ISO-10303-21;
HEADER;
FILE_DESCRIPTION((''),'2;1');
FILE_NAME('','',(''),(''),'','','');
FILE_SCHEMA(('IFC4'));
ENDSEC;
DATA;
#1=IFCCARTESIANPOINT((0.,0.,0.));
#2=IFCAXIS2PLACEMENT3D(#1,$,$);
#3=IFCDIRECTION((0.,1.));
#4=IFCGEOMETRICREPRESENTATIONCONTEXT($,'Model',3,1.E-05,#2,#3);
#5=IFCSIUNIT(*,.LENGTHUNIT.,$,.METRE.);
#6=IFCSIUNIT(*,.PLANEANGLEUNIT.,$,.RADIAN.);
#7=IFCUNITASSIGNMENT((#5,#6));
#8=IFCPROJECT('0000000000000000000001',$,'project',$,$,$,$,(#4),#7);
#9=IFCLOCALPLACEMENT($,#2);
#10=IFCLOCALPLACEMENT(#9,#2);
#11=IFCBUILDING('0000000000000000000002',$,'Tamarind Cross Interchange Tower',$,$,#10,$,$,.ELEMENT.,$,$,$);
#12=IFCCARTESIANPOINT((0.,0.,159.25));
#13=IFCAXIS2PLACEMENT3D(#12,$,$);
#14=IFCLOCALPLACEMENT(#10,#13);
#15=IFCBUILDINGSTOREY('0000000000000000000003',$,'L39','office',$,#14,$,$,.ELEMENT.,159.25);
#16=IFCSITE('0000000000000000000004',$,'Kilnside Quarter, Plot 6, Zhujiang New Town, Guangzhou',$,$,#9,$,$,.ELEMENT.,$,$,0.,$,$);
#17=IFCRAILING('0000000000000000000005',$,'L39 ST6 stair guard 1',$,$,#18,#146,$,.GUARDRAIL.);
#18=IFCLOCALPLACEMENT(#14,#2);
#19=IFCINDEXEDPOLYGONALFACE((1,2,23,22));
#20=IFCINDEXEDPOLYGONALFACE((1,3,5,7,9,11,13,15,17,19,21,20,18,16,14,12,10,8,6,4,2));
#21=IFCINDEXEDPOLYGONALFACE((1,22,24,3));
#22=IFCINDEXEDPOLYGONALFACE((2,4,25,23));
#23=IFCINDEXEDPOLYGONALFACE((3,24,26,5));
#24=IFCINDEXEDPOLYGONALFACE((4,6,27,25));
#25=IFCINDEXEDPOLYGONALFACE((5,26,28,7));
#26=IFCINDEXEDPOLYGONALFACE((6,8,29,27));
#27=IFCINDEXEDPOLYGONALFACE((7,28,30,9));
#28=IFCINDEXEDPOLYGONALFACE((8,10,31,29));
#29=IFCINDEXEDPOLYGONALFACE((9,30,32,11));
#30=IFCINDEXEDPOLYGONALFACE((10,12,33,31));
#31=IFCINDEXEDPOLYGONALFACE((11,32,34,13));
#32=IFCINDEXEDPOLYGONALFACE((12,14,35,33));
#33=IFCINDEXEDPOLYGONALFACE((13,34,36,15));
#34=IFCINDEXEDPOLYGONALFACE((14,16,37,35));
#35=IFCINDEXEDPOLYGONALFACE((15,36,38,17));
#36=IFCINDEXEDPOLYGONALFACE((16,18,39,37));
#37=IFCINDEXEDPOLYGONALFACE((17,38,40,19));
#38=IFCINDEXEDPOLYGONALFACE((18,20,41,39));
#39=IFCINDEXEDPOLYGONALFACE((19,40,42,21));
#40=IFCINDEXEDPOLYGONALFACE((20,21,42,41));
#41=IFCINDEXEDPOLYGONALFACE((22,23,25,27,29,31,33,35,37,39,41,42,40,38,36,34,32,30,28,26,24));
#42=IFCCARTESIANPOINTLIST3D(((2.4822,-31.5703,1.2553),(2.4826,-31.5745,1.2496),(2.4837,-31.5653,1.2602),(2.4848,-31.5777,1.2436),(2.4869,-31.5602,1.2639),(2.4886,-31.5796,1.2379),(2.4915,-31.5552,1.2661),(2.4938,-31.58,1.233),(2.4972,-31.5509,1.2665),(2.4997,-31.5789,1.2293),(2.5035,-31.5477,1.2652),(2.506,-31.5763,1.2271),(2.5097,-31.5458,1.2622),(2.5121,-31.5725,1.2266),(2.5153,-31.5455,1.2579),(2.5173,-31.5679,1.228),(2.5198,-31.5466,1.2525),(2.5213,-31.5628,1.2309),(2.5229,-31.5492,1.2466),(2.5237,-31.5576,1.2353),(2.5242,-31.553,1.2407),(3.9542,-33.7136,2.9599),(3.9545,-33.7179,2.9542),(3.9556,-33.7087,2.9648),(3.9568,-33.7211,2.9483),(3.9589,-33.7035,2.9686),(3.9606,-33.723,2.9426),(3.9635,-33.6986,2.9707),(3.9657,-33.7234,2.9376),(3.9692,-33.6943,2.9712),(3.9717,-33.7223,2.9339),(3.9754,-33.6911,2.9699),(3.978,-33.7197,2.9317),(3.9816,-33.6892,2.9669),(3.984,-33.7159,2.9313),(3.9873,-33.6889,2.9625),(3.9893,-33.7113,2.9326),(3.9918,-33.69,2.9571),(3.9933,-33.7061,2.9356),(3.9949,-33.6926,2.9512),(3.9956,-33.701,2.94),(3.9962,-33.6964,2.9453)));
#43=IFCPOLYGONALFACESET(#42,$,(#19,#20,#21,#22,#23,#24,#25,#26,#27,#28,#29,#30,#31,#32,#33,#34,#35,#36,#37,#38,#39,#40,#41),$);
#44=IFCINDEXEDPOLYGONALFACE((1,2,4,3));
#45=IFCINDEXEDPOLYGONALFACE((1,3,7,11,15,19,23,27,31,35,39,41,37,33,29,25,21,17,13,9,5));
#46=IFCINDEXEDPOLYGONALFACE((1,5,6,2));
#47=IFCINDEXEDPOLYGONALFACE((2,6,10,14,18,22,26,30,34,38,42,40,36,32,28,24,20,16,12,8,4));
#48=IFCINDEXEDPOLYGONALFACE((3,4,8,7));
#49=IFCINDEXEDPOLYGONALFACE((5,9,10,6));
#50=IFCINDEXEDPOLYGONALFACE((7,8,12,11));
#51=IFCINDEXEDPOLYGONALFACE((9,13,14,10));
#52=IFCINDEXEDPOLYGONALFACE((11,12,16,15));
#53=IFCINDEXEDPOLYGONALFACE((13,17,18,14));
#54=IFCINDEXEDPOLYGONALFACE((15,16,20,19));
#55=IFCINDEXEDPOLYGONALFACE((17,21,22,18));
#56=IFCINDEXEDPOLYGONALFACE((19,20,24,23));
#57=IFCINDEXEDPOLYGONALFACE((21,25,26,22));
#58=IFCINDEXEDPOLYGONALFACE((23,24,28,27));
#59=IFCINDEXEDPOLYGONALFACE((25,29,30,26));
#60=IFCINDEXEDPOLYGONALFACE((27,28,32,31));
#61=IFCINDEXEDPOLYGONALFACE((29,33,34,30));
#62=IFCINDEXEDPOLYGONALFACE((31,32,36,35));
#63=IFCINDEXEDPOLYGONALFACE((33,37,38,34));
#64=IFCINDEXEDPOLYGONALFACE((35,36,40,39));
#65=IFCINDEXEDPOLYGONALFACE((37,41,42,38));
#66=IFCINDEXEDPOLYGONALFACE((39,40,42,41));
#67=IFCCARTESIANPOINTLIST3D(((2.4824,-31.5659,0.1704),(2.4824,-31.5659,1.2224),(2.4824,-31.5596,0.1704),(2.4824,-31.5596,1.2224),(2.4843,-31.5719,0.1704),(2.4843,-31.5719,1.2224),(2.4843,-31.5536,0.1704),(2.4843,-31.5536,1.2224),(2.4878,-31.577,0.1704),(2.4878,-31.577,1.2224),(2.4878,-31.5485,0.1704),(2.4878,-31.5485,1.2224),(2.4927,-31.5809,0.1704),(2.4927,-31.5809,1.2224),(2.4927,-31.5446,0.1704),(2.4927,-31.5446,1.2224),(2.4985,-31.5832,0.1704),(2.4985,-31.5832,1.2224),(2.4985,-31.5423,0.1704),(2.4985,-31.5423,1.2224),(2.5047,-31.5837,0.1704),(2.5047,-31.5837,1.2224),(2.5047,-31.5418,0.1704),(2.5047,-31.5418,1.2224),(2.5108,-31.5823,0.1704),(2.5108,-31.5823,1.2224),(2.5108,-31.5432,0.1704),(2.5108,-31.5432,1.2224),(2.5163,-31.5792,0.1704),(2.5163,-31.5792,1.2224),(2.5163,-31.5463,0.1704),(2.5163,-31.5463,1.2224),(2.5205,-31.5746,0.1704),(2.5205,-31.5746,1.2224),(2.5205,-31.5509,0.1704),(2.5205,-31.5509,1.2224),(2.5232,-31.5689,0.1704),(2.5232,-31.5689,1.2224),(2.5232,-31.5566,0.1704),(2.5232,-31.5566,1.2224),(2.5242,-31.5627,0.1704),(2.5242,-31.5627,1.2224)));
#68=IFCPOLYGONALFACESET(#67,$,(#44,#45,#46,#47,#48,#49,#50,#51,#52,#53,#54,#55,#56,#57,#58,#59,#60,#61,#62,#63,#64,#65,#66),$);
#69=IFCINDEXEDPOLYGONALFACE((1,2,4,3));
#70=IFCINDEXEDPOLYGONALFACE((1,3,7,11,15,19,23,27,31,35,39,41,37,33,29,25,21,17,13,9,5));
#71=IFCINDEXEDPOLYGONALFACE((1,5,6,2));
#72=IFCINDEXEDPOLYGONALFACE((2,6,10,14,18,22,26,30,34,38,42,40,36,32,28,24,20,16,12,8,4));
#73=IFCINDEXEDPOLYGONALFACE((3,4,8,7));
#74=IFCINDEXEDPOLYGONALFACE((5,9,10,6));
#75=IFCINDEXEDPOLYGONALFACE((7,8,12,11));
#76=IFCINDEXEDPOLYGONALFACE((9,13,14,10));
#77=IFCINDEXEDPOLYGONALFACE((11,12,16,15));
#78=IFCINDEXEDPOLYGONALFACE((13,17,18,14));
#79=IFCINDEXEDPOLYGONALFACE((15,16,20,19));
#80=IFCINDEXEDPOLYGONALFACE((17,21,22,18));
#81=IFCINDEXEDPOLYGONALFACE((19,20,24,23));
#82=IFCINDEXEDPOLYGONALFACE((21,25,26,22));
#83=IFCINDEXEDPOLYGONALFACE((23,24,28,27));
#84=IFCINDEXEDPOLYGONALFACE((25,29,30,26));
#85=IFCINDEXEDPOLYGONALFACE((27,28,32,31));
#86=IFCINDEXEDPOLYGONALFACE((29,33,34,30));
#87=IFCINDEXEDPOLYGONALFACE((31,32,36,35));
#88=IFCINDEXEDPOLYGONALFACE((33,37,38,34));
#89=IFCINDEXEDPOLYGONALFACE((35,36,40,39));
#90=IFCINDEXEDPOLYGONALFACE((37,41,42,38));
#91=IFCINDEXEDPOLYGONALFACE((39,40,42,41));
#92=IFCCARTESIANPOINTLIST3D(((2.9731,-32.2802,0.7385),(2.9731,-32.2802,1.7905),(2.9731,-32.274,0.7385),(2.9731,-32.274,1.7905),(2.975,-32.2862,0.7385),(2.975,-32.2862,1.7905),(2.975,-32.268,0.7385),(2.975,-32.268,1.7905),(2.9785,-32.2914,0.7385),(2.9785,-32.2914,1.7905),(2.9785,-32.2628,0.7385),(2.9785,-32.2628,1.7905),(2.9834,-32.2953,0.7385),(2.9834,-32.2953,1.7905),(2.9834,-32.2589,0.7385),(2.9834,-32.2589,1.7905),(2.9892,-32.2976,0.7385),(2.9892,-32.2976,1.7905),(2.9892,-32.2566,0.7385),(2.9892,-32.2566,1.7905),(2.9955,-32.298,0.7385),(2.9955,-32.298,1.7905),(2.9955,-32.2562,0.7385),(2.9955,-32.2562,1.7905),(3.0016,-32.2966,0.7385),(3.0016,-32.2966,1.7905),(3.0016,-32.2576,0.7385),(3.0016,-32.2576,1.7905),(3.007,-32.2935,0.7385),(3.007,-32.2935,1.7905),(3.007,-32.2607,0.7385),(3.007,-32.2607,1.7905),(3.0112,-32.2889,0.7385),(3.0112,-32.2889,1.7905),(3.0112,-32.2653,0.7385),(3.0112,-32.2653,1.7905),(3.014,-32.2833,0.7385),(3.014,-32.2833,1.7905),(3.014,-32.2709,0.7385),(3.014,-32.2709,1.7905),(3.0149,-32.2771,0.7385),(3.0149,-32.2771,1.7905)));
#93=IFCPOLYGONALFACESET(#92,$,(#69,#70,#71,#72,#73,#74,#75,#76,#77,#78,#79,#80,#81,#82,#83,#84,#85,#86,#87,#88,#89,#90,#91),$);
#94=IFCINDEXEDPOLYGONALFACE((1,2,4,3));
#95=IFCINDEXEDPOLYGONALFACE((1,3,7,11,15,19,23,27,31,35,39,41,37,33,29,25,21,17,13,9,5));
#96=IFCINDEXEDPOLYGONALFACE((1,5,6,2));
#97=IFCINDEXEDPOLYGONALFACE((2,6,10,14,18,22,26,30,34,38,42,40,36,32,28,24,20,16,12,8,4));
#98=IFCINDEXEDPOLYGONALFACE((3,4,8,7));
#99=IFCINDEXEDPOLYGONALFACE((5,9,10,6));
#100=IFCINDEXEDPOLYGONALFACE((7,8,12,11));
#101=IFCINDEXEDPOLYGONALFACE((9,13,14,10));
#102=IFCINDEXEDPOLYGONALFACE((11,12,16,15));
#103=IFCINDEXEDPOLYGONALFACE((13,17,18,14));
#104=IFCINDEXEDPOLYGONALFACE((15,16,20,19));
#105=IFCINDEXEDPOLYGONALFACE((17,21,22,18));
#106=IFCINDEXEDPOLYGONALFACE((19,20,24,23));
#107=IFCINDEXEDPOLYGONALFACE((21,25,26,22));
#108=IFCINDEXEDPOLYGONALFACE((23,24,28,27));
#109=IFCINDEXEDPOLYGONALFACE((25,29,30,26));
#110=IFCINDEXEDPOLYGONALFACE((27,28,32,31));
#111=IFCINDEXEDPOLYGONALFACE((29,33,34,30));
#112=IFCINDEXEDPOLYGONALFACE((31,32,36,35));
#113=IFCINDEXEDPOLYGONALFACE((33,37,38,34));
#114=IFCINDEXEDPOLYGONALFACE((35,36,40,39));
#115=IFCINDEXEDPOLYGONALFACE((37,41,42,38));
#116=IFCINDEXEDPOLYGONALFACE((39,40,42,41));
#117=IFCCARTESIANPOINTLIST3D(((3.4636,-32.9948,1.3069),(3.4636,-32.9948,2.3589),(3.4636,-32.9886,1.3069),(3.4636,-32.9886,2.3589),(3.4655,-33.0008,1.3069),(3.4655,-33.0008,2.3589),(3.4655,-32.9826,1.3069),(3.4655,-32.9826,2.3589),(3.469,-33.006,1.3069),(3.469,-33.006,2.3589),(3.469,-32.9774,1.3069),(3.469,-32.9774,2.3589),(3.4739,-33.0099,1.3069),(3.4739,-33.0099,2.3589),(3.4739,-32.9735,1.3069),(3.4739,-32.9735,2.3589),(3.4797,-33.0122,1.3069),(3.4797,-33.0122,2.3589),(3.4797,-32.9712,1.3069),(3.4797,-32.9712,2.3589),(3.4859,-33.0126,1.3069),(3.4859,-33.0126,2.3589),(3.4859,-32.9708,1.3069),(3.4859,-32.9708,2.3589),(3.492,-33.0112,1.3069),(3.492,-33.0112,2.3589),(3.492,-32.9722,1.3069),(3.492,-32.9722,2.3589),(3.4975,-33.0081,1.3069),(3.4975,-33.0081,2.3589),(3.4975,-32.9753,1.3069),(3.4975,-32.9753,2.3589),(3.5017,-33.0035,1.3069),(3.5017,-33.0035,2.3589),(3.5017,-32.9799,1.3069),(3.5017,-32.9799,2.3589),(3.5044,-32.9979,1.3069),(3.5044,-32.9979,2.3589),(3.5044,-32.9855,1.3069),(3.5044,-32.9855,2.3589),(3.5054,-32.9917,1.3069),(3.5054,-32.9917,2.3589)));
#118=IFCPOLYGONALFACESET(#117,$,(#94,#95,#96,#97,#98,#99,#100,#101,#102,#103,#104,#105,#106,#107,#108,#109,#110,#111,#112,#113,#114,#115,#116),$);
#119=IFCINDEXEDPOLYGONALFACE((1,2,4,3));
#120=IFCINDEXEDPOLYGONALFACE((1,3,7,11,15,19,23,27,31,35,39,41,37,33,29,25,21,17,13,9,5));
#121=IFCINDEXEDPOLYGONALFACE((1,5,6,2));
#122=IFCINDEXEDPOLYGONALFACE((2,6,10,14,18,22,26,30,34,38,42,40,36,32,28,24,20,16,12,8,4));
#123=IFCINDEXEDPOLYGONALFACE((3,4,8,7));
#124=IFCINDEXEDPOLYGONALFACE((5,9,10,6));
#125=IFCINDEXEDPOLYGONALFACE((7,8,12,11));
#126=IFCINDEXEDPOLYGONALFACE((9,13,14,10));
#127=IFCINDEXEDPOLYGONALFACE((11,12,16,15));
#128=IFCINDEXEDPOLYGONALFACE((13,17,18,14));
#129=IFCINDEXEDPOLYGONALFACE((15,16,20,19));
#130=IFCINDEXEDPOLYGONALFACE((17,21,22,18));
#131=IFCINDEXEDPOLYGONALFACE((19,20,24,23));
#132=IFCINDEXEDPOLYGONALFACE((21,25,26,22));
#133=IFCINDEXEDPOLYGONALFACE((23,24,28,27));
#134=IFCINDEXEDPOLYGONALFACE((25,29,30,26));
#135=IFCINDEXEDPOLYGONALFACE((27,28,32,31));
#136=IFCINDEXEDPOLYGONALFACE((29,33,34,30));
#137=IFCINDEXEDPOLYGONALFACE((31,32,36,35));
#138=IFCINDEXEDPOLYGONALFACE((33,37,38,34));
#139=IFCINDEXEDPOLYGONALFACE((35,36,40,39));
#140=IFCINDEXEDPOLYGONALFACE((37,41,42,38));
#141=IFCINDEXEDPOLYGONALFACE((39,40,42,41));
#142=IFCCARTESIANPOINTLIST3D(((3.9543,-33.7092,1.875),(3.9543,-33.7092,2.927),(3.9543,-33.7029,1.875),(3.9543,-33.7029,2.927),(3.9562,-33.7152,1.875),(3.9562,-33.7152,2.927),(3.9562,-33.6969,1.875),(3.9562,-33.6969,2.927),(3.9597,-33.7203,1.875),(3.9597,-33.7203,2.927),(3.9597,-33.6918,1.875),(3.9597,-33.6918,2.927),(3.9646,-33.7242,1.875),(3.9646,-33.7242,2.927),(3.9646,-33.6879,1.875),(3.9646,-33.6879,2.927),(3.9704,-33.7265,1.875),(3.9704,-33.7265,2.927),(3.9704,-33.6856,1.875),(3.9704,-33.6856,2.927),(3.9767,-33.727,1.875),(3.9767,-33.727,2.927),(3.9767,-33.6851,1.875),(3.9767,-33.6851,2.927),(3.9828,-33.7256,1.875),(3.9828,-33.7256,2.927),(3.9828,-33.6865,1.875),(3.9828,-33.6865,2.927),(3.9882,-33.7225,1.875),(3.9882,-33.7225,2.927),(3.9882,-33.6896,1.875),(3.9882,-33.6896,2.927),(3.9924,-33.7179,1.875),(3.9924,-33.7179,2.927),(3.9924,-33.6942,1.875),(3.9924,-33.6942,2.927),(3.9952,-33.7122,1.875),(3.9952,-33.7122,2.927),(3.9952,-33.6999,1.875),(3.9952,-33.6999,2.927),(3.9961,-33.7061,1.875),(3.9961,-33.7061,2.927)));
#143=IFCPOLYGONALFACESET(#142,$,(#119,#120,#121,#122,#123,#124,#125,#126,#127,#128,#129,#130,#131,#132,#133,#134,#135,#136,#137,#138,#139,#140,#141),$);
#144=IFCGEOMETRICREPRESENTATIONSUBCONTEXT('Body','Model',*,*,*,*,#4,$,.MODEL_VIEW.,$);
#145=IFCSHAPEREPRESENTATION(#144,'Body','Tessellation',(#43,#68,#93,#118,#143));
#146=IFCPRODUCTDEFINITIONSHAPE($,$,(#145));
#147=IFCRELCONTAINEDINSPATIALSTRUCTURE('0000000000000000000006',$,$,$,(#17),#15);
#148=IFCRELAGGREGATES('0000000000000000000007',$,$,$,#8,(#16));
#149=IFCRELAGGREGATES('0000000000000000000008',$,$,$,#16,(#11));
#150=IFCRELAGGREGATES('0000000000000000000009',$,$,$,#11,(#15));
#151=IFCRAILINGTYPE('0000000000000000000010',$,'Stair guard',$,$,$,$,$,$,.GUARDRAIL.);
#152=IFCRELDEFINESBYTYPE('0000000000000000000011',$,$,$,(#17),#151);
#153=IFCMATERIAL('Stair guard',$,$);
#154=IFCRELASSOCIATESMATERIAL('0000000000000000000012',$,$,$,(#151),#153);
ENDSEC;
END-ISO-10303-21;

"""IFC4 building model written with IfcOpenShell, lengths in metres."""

from ifc_helpers import new_model, si_unit, direction, frame, origin, origin_2d, place, context, subcontext, project, spatial, circle, extrude, material, type_object, element, save


model = new_model("IFC4")

# Units and contexts
model_context = context("Model", 3, precision=1e-05, world=origin(), true_north=direction((0.0, 1.0)))
body_context = subcontext(model_context, "Body", "Model", "MODEL_VIEW")
ifc_project = project(units=[si_unit("LENGTHUNIT", "METRE"), si_unit("PLANEANGLEUNIT", "RADIAN")], contexts=[model_context])

# Site, building, storey
site_placement = place(None, origin())
site = spatial("IfcSite", under=ifc_project, at=site_placement, Name="Kilnside Quarter, Plot 6, Zhujiang New Town, Guangzhou", CompositionType="ELEMENT", RefElevation=0.0)
building_placement = place(site_placement, origin())
building = spatial("IfcBuilding", under=site, at=building_placement, Name="Tamarind Cross Interchange Tower", CompositionType="ELEMENT")
storey_placement = place(building_placement, frame((0.0, 0.0, 159.25)))
storey = spatial("IfcBuildingStorey", under=building, at=storey_placement, Name="L39", Description="office", CompositionType="ELEMENT", Elevation=159.25)

# Railing
ifc_material_1 = material(Name="Stair guard")
railing_type = type_object("IfcRailingType", Name="Stair guard", PredefinedType="GUARDRAIL", material=ifc_material_1)
railing_1_placement = place(storey_placement, frame((2.5032, -31.5627, 0.1704)))
element("IfcRailing", 1, at=railing_1_placement, inside=storey, type_object=railing_type, Name="L39 ST6 stair guard 1", PredefinedType="GUARDRAIL", context=body_context, shape_type="SweptSolid", body=[
    extrude(circle(Radius=0.0239, at=origin_2d()), frame((0.0, 0.0, 1.0762), z_axis=(0.473438, -0.689386, 0.548274), x_axis=(0.824329, 0.56611, 0.0)), (0.0, 0.0, 1.0), 3.1091),
    extrude(circle(Radius=0.021, at=origin_2d()), origin(), (0.0, 0.0, 1.0), 1.052),
    extrude(circle(Radius=0.021, at=origin_2d()), frame((0.4907, -0.7144, 0.5681)), (0.0, 0.0, 1.0), 1.052),
    extrude(circle(Radius=0.021, at=origin_2d()), frame((0.9812, -1.429, 1.1365)), (0.0, 0.0, 1.0), 1.052),
    extrude(circle(Radius=0.021, at=origin_2d()), frame((1.4719, -2.1433, 1.7046)), (0.0, 0.0, 1.0), 1.052),
])

save(model, "model.ifc")
